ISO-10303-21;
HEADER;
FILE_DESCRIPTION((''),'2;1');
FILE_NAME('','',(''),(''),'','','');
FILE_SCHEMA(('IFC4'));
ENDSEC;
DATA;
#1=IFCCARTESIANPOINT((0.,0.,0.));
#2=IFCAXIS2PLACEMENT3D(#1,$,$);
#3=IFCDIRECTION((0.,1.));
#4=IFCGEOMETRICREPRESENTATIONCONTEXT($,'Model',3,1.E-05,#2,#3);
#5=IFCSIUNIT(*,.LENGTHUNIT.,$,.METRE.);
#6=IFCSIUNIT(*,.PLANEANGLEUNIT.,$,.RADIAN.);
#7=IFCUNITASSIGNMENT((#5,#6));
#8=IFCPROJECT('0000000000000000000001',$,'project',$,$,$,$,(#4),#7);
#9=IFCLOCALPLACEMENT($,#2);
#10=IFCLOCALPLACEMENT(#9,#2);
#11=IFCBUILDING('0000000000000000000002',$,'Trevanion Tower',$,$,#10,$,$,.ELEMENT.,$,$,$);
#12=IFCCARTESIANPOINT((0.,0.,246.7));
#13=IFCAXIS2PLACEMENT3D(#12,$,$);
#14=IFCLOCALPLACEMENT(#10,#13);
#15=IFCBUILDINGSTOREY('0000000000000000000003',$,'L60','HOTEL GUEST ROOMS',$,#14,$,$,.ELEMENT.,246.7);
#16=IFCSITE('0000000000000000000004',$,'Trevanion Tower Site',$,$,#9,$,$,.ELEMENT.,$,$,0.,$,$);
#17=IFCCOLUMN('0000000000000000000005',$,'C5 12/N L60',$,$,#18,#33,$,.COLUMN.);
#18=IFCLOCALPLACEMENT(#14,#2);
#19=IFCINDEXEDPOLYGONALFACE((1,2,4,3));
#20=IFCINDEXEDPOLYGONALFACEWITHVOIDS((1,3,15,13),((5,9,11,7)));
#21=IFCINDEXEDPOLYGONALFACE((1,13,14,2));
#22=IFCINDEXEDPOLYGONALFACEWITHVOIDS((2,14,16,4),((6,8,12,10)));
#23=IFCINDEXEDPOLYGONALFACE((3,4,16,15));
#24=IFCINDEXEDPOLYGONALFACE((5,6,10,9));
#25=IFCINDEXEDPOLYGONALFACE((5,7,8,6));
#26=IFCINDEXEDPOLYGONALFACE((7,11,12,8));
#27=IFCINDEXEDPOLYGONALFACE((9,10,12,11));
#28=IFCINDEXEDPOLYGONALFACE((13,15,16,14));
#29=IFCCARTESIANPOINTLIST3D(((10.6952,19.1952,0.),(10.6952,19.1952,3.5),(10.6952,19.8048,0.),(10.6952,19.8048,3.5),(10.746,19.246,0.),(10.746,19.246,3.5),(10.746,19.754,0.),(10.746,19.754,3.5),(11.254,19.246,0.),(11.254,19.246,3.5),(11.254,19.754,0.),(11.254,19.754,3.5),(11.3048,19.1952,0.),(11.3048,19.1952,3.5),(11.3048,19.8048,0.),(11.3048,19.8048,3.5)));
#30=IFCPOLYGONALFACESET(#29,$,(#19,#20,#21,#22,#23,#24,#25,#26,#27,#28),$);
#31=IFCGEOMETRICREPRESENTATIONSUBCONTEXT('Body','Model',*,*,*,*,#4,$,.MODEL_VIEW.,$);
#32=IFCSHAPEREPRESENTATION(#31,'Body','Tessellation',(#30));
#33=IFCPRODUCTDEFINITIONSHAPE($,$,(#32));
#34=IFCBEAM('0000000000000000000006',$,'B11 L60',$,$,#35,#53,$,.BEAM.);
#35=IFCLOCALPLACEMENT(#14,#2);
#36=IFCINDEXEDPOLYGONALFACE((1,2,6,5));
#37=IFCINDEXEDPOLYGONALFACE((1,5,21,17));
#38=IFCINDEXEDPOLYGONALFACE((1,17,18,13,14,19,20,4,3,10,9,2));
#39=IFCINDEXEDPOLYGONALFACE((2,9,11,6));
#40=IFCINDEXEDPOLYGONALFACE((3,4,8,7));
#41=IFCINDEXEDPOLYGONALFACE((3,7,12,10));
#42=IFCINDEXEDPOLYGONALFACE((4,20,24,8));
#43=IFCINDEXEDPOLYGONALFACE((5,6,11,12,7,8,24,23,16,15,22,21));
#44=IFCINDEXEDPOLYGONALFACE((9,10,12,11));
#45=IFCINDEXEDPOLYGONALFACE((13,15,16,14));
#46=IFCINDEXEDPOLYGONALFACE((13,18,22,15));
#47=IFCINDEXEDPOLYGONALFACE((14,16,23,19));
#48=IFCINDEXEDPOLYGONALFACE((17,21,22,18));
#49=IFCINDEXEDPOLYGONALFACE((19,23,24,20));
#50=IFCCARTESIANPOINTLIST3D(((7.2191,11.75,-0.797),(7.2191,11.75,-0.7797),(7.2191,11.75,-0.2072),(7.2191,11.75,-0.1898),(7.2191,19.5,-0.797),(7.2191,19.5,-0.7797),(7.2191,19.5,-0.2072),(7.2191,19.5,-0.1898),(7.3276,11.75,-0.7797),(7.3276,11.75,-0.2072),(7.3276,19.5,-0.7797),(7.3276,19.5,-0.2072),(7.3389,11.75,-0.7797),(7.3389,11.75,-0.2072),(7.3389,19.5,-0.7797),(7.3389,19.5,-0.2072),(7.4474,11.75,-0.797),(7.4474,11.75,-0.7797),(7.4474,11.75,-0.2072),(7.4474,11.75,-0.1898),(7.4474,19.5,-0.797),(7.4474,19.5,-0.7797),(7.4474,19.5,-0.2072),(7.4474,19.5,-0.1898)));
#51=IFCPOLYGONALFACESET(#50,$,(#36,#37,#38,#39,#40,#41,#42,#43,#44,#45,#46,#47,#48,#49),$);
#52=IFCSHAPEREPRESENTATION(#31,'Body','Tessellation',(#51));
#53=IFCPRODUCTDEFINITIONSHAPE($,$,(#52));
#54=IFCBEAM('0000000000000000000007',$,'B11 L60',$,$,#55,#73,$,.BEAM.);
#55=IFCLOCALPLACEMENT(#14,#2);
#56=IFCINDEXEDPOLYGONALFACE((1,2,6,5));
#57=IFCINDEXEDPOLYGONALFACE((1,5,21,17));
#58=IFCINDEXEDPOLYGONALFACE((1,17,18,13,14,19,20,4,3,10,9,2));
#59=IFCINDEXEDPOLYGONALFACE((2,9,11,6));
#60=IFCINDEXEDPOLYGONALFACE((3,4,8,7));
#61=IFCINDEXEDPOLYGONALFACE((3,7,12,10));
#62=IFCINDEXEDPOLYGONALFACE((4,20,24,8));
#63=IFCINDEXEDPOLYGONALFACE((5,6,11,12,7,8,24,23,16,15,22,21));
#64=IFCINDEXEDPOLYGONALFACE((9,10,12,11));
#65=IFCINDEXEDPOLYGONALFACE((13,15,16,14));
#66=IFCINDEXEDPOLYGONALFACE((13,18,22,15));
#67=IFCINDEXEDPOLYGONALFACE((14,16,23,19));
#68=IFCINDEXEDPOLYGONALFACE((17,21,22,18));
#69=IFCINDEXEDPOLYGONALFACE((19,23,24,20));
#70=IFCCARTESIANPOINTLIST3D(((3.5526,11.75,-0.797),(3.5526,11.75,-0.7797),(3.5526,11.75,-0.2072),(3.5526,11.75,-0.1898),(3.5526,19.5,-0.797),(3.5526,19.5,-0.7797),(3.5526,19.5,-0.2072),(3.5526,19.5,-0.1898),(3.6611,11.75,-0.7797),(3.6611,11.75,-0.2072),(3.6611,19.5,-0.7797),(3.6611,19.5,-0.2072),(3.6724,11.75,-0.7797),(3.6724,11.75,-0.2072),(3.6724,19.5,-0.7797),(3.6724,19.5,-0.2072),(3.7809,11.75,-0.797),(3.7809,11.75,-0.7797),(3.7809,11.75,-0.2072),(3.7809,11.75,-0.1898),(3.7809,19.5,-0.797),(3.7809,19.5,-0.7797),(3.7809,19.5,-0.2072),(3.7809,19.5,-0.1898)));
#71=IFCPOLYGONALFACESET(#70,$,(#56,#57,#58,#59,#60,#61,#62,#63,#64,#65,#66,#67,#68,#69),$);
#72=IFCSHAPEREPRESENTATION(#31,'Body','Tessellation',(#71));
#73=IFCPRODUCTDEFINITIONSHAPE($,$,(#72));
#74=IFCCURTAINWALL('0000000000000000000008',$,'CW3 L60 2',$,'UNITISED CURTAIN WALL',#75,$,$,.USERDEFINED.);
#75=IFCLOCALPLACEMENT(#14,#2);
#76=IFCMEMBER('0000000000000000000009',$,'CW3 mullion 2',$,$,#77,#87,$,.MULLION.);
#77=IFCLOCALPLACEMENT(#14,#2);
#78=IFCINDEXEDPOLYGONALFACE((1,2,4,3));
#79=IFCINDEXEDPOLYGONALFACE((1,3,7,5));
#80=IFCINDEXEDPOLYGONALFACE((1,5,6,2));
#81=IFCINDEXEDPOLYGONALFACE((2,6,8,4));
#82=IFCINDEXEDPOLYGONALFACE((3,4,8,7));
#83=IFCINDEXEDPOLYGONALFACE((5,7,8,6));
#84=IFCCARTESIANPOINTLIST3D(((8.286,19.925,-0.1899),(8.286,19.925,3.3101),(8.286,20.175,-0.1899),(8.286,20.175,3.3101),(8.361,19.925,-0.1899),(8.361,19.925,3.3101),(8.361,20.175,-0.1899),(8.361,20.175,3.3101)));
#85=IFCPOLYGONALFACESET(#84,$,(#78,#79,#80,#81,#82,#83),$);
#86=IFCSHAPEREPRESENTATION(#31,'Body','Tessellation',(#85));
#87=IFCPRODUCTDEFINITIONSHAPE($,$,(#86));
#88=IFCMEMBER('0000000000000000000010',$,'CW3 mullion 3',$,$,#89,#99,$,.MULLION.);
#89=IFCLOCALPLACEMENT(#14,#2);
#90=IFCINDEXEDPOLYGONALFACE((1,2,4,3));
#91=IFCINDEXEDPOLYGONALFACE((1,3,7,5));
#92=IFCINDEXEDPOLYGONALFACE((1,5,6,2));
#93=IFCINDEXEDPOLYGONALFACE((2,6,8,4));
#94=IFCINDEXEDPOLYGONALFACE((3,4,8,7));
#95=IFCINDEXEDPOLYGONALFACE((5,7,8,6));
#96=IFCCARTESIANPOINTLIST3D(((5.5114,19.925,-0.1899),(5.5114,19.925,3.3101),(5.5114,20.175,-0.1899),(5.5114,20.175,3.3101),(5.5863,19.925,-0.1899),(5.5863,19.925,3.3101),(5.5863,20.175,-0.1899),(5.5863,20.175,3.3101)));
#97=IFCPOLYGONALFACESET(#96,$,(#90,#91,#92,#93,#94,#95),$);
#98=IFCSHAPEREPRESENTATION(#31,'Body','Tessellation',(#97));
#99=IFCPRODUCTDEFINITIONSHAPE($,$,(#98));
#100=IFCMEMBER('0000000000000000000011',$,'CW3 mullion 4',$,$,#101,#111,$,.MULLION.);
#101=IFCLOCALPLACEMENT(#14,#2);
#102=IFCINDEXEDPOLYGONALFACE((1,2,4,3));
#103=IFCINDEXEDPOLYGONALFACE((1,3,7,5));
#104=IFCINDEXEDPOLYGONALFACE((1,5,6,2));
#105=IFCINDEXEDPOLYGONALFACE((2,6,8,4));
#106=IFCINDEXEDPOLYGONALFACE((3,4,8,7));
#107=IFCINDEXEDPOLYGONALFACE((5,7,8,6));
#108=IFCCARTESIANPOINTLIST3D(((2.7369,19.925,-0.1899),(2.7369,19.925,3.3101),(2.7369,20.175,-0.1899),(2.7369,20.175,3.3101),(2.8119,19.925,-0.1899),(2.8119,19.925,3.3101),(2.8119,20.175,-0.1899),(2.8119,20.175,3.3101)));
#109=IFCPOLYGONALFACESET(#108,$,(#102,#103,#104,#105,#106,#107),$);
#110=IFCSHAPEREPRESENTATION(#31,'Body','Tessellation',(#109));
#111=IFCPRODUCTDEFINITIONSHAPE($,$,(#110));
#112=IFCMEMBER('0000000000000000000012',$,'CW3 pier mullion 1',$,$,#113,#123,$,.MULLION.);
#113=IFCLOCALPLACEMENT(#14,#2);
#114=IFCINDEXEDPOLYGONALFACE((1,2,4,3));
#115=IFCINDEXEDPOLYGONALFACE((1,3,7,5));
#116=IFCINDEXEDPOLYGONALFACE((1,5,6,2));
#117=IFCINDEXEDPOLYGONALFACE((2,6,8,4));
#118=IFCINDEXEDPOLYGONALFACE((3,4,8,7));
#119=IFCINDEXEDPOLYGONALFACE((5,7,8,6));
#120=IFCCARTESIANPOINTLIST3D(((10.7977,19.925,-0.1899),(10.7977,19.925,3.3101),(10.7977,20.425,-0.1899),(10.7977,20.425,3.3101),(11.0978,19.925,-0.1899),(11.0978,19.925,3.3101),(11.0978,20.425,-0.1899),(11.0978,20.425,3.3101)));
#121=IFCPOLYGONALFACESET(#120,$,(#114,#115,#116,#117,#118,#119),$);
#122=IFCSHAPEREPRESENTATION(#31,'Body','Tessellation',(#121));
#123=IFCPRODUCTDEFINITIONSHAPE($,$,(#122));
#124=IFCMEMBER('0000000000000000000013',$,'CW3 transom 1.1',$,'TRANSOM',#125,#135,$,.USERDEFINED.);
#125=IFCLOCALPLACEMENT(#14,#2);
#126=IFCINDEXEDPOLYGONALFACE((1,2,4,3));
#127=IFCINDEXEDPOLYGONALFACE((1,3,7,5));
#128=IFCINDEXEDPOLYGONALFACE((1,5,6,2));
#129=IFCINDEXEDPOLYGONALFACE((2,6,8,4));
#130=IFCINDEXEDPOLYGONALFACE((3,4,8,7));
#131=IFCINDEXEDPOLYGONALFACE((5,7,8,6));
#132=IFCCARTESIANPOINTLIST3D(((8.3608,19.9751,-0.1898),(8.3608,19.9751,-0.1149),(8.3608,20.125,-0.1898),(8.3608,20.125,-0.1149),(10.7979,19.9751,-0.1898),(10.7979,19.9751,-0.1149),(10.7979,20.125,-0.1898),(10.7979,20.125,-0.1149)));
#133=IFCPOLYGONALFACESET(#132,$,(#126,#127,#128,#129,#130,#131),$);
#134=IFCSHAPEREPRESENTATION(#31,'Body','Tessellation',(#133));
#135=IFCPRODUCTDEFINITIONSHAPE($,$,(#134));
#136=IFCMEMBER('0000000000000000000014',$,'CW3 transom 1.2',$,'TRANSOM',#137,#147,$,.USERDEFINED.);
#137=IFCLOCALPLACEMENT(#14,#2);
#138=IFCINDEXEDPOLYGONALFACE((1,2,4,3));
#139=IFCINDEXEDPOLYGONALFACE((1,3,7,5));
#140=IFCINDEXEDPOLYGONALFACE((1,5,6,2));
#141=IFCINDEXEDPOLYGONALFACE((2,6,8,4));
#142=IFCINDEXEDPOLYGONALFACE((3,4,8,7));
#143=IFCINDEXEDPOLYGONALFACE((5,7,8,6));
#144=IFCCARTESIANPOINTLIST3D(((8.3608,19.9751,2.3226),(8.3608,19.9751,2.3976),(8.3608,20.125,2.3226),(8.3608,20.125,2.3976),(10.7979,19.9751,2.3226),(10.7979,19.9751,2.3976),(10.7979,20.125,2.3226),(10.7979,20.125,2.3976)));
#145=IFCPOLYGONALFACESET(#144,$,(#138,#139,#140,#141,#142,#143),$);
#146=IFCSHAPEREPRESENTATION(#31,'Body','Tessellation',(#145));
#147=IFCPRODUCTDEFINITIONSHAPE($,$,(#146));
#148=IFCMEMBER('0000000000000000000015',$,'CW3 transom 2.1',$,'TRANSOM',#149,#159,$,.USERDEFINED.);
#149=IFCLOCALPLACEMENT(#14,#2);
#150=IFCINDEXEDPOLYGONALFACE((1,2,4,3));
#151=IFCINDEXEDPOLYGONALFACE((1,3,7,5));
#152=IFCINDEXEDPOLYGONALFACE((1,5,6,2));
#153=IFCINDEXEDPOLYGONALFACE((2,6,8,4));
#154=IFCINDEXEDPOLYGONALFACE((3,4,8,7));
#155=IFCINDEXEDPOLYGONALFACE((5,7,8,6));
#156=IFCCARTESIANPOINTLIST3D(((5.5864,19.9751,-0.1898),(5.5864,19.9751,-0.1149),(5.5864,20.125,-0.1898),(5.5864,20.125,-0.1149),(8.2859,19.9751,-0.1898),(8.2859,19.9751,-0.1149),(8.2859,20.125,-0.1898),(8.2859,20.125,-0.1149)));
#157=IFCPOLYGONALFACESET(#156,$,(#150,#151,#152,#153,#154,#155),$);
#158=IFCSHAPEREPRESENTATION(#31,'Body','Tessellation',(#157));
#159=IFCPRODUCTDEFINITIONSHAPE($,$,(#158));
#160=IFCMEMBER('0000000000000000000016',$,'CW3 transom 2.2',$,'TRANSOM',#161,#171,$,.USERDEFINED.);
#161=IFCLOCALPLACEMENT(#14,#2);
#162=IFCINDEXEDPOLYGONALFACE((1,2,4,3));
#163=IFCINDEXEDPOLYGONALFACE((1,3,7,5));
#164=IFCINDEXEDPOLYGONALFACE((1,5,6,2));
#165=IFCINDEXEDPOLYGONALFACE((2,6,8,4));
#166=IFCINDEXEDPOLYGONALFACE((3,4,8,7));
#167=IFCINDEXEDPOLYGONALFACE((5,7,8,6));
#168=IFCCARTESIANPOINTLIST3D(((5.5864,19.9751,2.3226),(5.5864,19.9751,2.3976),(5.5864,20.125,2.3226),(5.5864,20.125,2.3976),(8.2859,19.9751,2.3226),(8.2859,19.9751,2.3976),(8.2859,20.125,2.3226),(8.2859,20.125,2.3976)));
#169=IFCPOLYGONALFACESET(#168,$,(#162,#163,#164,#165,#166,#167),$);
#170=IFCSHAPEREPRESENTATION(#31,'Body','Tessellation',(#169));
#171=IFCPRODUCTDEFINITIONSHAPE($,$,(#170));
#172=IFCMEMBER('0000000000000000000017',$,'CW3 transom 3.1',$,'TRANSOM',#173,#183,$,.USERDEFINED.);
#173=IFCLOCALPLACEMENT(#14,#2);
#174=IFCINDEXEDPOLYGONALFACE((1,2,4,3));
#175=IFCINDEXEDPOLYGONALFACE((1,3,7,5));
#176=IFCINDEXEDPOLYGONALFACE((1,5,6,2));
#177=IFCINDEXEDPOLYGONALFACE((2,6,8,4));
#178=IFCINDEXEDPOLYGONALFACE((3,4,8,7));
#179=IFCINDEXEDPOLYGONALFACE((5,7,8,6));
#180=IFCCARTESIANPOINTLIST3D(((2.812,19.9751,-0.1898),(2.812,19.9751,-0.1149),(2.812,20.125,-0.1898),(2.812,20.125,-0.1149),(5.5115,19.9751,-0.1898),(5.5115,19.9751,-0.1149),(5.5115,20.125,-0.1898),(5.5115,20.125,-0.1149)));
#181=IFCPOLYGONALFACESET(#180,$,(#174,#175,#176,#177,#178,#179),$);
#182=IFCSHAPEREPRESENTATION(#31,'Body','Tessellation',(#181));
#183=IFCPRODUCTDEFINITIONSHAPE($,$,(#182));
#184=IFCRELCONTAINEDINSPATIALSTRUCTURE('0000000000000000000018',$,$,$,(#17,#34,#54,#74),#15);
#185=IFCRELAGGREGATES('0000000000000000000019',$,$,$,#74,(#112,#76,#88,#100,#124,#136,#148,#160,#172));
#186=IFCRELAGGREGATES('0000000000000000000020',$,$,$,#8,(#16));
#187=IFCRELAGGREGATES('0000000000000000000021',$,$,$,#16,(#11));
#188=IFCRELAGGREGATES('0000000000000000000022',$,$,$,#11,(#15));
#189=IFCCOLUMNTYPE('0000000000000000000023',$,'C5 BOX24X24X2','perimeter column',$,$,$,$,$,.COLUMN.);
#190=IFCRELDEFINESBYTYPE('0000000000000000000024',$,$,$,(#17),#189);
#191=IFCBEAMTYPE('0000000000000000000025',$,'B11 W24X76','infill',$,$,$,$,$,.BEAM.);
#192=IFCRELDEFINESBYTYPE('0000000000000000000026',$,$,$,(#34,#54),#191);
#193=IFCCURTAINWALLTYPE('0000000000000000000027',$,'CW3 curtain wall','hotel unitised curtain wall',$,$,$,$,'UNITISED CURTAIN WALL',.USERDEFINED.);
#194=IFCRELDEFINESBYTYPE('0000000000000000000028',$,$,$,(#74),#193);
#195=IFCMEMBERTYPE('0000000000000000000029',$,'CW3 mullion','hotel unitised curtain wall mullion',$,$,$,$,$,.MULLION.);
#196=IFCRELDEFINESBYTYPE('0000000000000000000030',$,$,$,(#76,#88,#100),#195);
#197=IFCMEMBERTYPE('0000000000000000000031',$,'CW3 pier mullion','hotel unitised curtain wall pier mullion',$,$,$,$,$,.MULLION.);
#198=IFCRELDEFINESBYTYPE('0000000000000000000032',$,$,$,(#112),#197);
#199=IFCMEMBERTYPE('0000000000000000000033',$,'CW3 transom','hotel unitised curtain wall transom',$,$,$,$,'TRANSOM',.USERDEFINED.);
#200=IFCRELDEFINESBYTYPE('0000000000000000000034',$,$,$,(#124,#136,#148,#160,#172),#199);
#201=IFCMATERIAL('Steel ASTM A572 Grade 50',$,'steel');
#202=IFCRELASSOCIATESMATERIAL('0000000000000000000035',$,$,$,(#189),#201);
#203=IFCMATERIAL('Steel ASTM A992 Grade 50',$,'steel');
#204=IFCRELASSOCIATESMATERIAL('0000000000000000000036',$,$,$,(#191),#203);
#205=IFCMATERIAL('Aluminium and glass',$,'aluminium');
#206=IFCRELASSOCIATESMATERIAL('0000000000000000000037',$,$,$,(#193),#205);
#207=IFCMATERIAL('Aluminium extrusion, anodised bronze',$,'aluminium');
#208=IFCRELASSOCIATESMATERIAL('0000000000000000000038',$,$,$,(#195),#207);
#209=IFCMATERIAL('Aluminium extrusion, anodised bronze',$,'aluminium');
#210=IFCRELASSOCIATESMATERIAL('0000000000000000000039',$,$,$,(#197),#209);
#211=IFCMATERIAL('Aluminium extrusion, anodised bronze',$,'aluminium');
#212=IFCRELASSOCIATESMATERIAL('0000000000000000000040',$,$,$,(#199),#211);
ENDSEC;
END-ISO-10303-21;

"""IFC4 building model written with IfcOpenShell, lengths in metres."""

from ifc_helpers import new_model, si_unit, direction, frame, origin, origin_2d, place, context, subcontext, project, spatial, rectangle, hollow_rectangle, i_section, extrude, material, material_profile, profile_set, type_object, element, aggregate, save


model = new_model("IFC4")

# Units and contexts
model_context = context("Model", 3, precision=1e-05, world=origin(), true_north=direction((0.0, 1.0)))
body_context = subcontext(model_context, "Body", "Model", "MODEL_VIEW")
ifc_project = project(units=[si_unit("LENGTHUNIT", "METRE"), si_unit("PLANEANGLEUNIT", "RADIAN")], contexts=[model_context])

# Site, building, storey
site_placement = place(None, origin())
site = spatial("IfcSite", under=ifc_project, at=site_placement, Name="Trevanion Tower Site", CompositionType="ELEMENT", RefElevation=0.0)
building_placement = place(site_placement, origin())
building = spatial("IfcBuilding", under=site, at=building_placement, Name="Trevanion Tower", CompositionType="ELEMENT")
storey_placement = place(building_placement, frame((0.0, 0.0, 246.7)))
storey = spatial("IfcBuildingStorey", under=building, at=storey_placement, Name="L60", Description="HOTEL GUEST ROOMS", CompositionType="ELEMENT", Elevation=246.7)

# Column
ifc_material_1 = material(Name="Steel ASTM A572 Grade 50", Category="steel")
ifc_material_profile_1 = material_profile(ifc_material_1, hollow_rectangle(XDim=0.6096, YDim=0.6096, WallThickness=0.0508, at=origin_2d()), Name="BOX24X24X2")
ifc_profile_set_1 = profile_set([ifc_material_profile_1], Name="Steel ASTM A572 Grade 50")
column_type = type_object("IfcColumnType", Name="C5 BOX24X24X2", Description="perimeter column", PredefinedType="COLUMN", material=ifc_profile_set_1)
column_placement = place(storey_placement, frame((11.0, 19.5, 0.0), z_axis=(0.0, 0.0, 1.0), x_axis=(1.0, 0.0, 0.0)))
element("IfcColumn", 1, at=column_placement, inside=storey, type_object=column_type, Name="C5 12/N L60", PredefinedType="COLUMN", context=body_context, shape_type="SweptSolid", body=[
    extrude(hollow_rectangle(XDim=0.6096, YDim=0.6096, WallThickness=0.0508, at=origin_2d()), origin(), (0.0, 0.0, 1.0), 3.5),
])

# Beams
ifc_material_2 = material(Name="Steel ASTM A992 Grade 50", Category="steel")
ifc_material_profile_2 = material_profile(ifc_material_2, i_section(OverallWidth=0.2283, OverallDepth=0.6072, WebThickness=0.0112, FlangeThickness=0.0173, at=origin_2d()), Name="W24X76")
ifc_profile_set_2 = profile_set([ifc_material_profile_2], Name="Steel ASTM A992 Grade 50")
beam_type_1 = type_object("IfcBeamType", Name="B11 W24X76", Description="infill", PredefinedType="BEAM", material=ifc_profile_set_2)
for number, where, z_axis, x_axis, name in (
    (2, (7.3333, 11.75, -0.4934), (0.0, 1.0, 0.0), (-1.0, 0.0, 0.0), "B11 L60"),
    (3, (3.6667, 11.75, -0.4934), (0.0, 1.0, 0.0), (-1.0, 0.0, 0.0), "B11 L60"),
):
    element("IfcBeam", number, at=place(storey_placement, frame(where, z_axis=z_axis, x_axis=x_axis)), inside=storey, type_object=beam_type_1, Name=name, PredefinedType="BEAM", context=body_context, shape_type="SweptSolid", body=[
        extrude(i_section(OverallWidth=0.2283, OverallDepth=0.6072, WebThickness=0.0112, FlangeThickness=0.0173, at=origin_2d()), origin(), (0.0, 0.0, 1.0), 7.75),
    ])

# Curtain wall, members
ifc_material_3 = material(Name="Aluminium and glass", Category="aluminium")
curtain_wall_type = type_object("IfcCurtainWallType", Name="CW3 curtain wall", Description="hotel unitised curtain wall", ElementType="UNITISED CURTAIN WALL", PredefinedType="USERDEFINED", material=ifc_material_3)
curtain_wall_placement = place(storey_placement, origin())
curtain_wall = element("IfcCurtainWall", 4, at=curtain_wall_placement, inside=storey, type_object=curtain_wall_type, Name="CW3 L60 2", ObjectType="UNITISED CURTAIN WALL", PredefinedType="USERDEFINED")
ifc_material_4 = material(Name="Aluminium extrusion, anodised bronze", Category="aluminium")
ifc_material_profile_3 = material_profile(ifc_material_4, rectangle(XDim=0.075, YDim=0.25, at=origin_2d()), Name="CW3 mullion")
ifc_profile_set_3 = profile_set([ifc_material_profile_3], Name="Aluminium extrusion, anodised bronze")
member_type_1 = type_object("IfcMemberType", Name="CW3 mullion", Description="hotel unitised curtain wall mullion", PredefinedType="MULLION", material=ifc_profile_set_3)
member_1_placement = place(storey_placement, frame((8.3235, 20.05, -0.1899), z_axis=(0.0, 0.0, 1.0), x_axis=(-1.0, 0.0, 0.0)))
member_1 = element("IfcMember", 5, at=member_1_placement, type_object=member_type_1, Name="CW3 mullion 2", PredefinedType="MULLION", context=body_context, shape_type="SweptSolid", body=[
    extrude(rectangle(XDim=0.075, YDim=0.25, at=origin_2d()), origin(), (0.0, 0.0, 1.0), 3.5),
])
member_2_placement = place(storey_placement, frame((5.5488, 20.05, -0.1899), z_axis=(0.0, 0.0, 1.0), x_axis=(-1.0, 0.0, 0.0)))
member_2 = element("IfcMember", 6, at=member_2_placement, type_object=member_type_1, Name="CW3 mullion 3", PredefinedType="MULLION", context=body_context, shape_type="SweptSolid", body=[
    extrude(rectangle(XDim=0.075, YDim=0.25, at=origin_2d()), origin(), (0.0, 0.0, 1.0), 3.5),
])
member_3_placement = place(storey_placement, frame((2.7744, 20.05, -0.1899), z_axis=(0.0, 0.0, 1.0), x_axis=(-1.0, 0.0, 0.0)))
member_3 = element("IfcMember", 7, at=member_3_placement, type_object=member_type_1, Name="CW3 mullion 4", PredefinedType="MULLION", context=body_context, shape_type="SweptSolid", body=[
    extrude(rectangle(XDim=0.075, YDim=0.25, at=origin_2d()), origin(), (0.0, 0.0, 1.0), 3.5),
])
ifc_material_5 = material(Name="Aluminium extrusion, anodised bronze", Category="aluminium")
ifc_material_profile_4 = material_profile(ifc_material_5, rectangle(XDim=0.3, YDim=0.5, at=origin_2d()), Name="CW3 pier mullion")
ifc_profile_set_4 = profile_set([ifc_material_profile_4], Name="Aluminium extrusion, anodised bronze")
member_type_2 = type_object("IfcMemberType", Name="CW3 pier mullion", Description="hotel unitised curtain wall pier mullion", PredefinedType="MULLION", material=ifc_profile_set_4)
member_4_placement = place(storey_placement, frame((10.9478, 20.175, -0.1899), z_axis=(0.0, 0.0, 1.0), x_axis=(-1.0, 0.0, 0.0)))
member_4 = element("IfcMember", 8, at=member_4_placement, type_object=member_type_2, Name="CW3 pier mullion 1", PredefinedType="MULLION", context=body_context, shape_type="SweptSolid", body=[
    extrude(rectangle(XDim=0.3, YDim=0.5, at=origin_2d()), origin(), (0.0, 0.0, 1.0), 3.5),
])
ifc_material_6 = material(Name="Aluminium extrusion, anodised bronze", Category="aluminium")
ifc_material_profile_5 = material_profile(ifc_material_6, rectangle(XDim=0.1499, YDim=0.075, at=origin_2d()), Name="CW3 transom")
ifc_profile_set_5 = profile_set([ifc_material_profile_5], Name="Aluminium extrusion, anodised bronze")
member_type_3 = type_object("IfcMemberType", Name="CW3 transom", Description="hotel unitised curtain wall transom", ElementType="TRANSOM", PredefinedType="USERDEFINED", material=ifc_profile_set_5)
member_5_placement = place(storey_placement, frame((10.7979, 20.05, -0.1523), z_axis=(-1.0, 0.0, 0.0), x_axis=(0.0, -1.0, 0.0)))
member_5 = element("IfcMember", 9, at=member_5_placement, type_object=member_type_3, Name="CW3 transom 1.1", ObjectType="TRANSOM", PredefinedType="USERDEFINED", context=body_context, shape_type="SweptSolid", body=[
    extrude(rectangle(XDim=0.1499, YDim=0.075, at=origin_2d()), origin(), (0.0, 0.0, 1.0), 2.437),
])
member_6_placement = place(storey_placement, frame((10.7979, 20.05, 2.3601), z_axis=(-1.0, 0.0, 0.0), x_axis=(0.0, -1.0, 0.0)))
member_6 = element("IfcMember", 10, at=member_6_placement, type_object=member_type_3, Name="CW3 transom 1.2", ObjectType="TRANSOM", PredefinedType="USERDEFINED", context=body_context, shape_type="SweptSolid", body=[
    extrude(rectangle(XDim=0.1499, YDim=0.075, at=origin_2d()), origin(), (0.0, 0.0, 1.0), 2.437),
])
member_7_placement = place(storey_placement, frame((8.2859, 20.05, -0.1523), z_axis=(-1.0, 0.0, 0.0), x_axis=(0.0, -1.0, 0.0)))
member_7 = element("IfcMember", 11, at=member_7_placement, type_object=member_type_3, Name="CW3 transom 2.1", ObjectType="TRANSOM", PredefinedType="USERDEFINED", context=body_context, shape_type="SweptSolid", body=[
    extrude(rectangle(XDim=0.1499, YDim=0.075, at=origin_2d()), origin(), (0.0, 0.0, 1.0), 2.6995),
])
member_8_placement = place(storey_placement, frame((8.2859, 20.05, 2.3601), z_axis=(-1.0, 0.0, 0.0), x_axis=(0.0, -1.0, 0.0)))
member_8 = element("IfcMember", 12, at=member_8_placement, type_object=member_type_3, Name="CW3 transom 2.2", ObjectType="TRANSOM", PredefinedType="USERDEFINED", context=body_context, shape_type="SweptSolid", body=[
    extrude(rectangle(XDim=0.1499, YDim=0.075, at=origin_2d()), origin(), (0.0, 0.0, 1.0), 2.6995),
])
member_9_placement = place(storey_placement, frame((5.5115, 20.05, -0.1523), z_axis=(-1.0, 0.0, 0.0), x_axis=(0.0, -1.0, 0.0)))
member_9 = element("IfcMember", 13, at=member_9_placement, type_object=member_type_3, Name="CW3 transom 3.1", ObjectType="TRANSOM", PredefinedType="USERDEFINED", context=body_context, shape_type="SweptSolid", body=[
    extrude(rectangle(XDim=0.1499, YDim=0.075, at=origin_2d()), origin(), (0.0, 0.0, 1.0), 2.6995),
])

aggregate(curtain_wall, [member_4, member_1, member_2, member_3, member_5, member_6, member_7, member_8, member_9])

save(model, "model.ifc")
